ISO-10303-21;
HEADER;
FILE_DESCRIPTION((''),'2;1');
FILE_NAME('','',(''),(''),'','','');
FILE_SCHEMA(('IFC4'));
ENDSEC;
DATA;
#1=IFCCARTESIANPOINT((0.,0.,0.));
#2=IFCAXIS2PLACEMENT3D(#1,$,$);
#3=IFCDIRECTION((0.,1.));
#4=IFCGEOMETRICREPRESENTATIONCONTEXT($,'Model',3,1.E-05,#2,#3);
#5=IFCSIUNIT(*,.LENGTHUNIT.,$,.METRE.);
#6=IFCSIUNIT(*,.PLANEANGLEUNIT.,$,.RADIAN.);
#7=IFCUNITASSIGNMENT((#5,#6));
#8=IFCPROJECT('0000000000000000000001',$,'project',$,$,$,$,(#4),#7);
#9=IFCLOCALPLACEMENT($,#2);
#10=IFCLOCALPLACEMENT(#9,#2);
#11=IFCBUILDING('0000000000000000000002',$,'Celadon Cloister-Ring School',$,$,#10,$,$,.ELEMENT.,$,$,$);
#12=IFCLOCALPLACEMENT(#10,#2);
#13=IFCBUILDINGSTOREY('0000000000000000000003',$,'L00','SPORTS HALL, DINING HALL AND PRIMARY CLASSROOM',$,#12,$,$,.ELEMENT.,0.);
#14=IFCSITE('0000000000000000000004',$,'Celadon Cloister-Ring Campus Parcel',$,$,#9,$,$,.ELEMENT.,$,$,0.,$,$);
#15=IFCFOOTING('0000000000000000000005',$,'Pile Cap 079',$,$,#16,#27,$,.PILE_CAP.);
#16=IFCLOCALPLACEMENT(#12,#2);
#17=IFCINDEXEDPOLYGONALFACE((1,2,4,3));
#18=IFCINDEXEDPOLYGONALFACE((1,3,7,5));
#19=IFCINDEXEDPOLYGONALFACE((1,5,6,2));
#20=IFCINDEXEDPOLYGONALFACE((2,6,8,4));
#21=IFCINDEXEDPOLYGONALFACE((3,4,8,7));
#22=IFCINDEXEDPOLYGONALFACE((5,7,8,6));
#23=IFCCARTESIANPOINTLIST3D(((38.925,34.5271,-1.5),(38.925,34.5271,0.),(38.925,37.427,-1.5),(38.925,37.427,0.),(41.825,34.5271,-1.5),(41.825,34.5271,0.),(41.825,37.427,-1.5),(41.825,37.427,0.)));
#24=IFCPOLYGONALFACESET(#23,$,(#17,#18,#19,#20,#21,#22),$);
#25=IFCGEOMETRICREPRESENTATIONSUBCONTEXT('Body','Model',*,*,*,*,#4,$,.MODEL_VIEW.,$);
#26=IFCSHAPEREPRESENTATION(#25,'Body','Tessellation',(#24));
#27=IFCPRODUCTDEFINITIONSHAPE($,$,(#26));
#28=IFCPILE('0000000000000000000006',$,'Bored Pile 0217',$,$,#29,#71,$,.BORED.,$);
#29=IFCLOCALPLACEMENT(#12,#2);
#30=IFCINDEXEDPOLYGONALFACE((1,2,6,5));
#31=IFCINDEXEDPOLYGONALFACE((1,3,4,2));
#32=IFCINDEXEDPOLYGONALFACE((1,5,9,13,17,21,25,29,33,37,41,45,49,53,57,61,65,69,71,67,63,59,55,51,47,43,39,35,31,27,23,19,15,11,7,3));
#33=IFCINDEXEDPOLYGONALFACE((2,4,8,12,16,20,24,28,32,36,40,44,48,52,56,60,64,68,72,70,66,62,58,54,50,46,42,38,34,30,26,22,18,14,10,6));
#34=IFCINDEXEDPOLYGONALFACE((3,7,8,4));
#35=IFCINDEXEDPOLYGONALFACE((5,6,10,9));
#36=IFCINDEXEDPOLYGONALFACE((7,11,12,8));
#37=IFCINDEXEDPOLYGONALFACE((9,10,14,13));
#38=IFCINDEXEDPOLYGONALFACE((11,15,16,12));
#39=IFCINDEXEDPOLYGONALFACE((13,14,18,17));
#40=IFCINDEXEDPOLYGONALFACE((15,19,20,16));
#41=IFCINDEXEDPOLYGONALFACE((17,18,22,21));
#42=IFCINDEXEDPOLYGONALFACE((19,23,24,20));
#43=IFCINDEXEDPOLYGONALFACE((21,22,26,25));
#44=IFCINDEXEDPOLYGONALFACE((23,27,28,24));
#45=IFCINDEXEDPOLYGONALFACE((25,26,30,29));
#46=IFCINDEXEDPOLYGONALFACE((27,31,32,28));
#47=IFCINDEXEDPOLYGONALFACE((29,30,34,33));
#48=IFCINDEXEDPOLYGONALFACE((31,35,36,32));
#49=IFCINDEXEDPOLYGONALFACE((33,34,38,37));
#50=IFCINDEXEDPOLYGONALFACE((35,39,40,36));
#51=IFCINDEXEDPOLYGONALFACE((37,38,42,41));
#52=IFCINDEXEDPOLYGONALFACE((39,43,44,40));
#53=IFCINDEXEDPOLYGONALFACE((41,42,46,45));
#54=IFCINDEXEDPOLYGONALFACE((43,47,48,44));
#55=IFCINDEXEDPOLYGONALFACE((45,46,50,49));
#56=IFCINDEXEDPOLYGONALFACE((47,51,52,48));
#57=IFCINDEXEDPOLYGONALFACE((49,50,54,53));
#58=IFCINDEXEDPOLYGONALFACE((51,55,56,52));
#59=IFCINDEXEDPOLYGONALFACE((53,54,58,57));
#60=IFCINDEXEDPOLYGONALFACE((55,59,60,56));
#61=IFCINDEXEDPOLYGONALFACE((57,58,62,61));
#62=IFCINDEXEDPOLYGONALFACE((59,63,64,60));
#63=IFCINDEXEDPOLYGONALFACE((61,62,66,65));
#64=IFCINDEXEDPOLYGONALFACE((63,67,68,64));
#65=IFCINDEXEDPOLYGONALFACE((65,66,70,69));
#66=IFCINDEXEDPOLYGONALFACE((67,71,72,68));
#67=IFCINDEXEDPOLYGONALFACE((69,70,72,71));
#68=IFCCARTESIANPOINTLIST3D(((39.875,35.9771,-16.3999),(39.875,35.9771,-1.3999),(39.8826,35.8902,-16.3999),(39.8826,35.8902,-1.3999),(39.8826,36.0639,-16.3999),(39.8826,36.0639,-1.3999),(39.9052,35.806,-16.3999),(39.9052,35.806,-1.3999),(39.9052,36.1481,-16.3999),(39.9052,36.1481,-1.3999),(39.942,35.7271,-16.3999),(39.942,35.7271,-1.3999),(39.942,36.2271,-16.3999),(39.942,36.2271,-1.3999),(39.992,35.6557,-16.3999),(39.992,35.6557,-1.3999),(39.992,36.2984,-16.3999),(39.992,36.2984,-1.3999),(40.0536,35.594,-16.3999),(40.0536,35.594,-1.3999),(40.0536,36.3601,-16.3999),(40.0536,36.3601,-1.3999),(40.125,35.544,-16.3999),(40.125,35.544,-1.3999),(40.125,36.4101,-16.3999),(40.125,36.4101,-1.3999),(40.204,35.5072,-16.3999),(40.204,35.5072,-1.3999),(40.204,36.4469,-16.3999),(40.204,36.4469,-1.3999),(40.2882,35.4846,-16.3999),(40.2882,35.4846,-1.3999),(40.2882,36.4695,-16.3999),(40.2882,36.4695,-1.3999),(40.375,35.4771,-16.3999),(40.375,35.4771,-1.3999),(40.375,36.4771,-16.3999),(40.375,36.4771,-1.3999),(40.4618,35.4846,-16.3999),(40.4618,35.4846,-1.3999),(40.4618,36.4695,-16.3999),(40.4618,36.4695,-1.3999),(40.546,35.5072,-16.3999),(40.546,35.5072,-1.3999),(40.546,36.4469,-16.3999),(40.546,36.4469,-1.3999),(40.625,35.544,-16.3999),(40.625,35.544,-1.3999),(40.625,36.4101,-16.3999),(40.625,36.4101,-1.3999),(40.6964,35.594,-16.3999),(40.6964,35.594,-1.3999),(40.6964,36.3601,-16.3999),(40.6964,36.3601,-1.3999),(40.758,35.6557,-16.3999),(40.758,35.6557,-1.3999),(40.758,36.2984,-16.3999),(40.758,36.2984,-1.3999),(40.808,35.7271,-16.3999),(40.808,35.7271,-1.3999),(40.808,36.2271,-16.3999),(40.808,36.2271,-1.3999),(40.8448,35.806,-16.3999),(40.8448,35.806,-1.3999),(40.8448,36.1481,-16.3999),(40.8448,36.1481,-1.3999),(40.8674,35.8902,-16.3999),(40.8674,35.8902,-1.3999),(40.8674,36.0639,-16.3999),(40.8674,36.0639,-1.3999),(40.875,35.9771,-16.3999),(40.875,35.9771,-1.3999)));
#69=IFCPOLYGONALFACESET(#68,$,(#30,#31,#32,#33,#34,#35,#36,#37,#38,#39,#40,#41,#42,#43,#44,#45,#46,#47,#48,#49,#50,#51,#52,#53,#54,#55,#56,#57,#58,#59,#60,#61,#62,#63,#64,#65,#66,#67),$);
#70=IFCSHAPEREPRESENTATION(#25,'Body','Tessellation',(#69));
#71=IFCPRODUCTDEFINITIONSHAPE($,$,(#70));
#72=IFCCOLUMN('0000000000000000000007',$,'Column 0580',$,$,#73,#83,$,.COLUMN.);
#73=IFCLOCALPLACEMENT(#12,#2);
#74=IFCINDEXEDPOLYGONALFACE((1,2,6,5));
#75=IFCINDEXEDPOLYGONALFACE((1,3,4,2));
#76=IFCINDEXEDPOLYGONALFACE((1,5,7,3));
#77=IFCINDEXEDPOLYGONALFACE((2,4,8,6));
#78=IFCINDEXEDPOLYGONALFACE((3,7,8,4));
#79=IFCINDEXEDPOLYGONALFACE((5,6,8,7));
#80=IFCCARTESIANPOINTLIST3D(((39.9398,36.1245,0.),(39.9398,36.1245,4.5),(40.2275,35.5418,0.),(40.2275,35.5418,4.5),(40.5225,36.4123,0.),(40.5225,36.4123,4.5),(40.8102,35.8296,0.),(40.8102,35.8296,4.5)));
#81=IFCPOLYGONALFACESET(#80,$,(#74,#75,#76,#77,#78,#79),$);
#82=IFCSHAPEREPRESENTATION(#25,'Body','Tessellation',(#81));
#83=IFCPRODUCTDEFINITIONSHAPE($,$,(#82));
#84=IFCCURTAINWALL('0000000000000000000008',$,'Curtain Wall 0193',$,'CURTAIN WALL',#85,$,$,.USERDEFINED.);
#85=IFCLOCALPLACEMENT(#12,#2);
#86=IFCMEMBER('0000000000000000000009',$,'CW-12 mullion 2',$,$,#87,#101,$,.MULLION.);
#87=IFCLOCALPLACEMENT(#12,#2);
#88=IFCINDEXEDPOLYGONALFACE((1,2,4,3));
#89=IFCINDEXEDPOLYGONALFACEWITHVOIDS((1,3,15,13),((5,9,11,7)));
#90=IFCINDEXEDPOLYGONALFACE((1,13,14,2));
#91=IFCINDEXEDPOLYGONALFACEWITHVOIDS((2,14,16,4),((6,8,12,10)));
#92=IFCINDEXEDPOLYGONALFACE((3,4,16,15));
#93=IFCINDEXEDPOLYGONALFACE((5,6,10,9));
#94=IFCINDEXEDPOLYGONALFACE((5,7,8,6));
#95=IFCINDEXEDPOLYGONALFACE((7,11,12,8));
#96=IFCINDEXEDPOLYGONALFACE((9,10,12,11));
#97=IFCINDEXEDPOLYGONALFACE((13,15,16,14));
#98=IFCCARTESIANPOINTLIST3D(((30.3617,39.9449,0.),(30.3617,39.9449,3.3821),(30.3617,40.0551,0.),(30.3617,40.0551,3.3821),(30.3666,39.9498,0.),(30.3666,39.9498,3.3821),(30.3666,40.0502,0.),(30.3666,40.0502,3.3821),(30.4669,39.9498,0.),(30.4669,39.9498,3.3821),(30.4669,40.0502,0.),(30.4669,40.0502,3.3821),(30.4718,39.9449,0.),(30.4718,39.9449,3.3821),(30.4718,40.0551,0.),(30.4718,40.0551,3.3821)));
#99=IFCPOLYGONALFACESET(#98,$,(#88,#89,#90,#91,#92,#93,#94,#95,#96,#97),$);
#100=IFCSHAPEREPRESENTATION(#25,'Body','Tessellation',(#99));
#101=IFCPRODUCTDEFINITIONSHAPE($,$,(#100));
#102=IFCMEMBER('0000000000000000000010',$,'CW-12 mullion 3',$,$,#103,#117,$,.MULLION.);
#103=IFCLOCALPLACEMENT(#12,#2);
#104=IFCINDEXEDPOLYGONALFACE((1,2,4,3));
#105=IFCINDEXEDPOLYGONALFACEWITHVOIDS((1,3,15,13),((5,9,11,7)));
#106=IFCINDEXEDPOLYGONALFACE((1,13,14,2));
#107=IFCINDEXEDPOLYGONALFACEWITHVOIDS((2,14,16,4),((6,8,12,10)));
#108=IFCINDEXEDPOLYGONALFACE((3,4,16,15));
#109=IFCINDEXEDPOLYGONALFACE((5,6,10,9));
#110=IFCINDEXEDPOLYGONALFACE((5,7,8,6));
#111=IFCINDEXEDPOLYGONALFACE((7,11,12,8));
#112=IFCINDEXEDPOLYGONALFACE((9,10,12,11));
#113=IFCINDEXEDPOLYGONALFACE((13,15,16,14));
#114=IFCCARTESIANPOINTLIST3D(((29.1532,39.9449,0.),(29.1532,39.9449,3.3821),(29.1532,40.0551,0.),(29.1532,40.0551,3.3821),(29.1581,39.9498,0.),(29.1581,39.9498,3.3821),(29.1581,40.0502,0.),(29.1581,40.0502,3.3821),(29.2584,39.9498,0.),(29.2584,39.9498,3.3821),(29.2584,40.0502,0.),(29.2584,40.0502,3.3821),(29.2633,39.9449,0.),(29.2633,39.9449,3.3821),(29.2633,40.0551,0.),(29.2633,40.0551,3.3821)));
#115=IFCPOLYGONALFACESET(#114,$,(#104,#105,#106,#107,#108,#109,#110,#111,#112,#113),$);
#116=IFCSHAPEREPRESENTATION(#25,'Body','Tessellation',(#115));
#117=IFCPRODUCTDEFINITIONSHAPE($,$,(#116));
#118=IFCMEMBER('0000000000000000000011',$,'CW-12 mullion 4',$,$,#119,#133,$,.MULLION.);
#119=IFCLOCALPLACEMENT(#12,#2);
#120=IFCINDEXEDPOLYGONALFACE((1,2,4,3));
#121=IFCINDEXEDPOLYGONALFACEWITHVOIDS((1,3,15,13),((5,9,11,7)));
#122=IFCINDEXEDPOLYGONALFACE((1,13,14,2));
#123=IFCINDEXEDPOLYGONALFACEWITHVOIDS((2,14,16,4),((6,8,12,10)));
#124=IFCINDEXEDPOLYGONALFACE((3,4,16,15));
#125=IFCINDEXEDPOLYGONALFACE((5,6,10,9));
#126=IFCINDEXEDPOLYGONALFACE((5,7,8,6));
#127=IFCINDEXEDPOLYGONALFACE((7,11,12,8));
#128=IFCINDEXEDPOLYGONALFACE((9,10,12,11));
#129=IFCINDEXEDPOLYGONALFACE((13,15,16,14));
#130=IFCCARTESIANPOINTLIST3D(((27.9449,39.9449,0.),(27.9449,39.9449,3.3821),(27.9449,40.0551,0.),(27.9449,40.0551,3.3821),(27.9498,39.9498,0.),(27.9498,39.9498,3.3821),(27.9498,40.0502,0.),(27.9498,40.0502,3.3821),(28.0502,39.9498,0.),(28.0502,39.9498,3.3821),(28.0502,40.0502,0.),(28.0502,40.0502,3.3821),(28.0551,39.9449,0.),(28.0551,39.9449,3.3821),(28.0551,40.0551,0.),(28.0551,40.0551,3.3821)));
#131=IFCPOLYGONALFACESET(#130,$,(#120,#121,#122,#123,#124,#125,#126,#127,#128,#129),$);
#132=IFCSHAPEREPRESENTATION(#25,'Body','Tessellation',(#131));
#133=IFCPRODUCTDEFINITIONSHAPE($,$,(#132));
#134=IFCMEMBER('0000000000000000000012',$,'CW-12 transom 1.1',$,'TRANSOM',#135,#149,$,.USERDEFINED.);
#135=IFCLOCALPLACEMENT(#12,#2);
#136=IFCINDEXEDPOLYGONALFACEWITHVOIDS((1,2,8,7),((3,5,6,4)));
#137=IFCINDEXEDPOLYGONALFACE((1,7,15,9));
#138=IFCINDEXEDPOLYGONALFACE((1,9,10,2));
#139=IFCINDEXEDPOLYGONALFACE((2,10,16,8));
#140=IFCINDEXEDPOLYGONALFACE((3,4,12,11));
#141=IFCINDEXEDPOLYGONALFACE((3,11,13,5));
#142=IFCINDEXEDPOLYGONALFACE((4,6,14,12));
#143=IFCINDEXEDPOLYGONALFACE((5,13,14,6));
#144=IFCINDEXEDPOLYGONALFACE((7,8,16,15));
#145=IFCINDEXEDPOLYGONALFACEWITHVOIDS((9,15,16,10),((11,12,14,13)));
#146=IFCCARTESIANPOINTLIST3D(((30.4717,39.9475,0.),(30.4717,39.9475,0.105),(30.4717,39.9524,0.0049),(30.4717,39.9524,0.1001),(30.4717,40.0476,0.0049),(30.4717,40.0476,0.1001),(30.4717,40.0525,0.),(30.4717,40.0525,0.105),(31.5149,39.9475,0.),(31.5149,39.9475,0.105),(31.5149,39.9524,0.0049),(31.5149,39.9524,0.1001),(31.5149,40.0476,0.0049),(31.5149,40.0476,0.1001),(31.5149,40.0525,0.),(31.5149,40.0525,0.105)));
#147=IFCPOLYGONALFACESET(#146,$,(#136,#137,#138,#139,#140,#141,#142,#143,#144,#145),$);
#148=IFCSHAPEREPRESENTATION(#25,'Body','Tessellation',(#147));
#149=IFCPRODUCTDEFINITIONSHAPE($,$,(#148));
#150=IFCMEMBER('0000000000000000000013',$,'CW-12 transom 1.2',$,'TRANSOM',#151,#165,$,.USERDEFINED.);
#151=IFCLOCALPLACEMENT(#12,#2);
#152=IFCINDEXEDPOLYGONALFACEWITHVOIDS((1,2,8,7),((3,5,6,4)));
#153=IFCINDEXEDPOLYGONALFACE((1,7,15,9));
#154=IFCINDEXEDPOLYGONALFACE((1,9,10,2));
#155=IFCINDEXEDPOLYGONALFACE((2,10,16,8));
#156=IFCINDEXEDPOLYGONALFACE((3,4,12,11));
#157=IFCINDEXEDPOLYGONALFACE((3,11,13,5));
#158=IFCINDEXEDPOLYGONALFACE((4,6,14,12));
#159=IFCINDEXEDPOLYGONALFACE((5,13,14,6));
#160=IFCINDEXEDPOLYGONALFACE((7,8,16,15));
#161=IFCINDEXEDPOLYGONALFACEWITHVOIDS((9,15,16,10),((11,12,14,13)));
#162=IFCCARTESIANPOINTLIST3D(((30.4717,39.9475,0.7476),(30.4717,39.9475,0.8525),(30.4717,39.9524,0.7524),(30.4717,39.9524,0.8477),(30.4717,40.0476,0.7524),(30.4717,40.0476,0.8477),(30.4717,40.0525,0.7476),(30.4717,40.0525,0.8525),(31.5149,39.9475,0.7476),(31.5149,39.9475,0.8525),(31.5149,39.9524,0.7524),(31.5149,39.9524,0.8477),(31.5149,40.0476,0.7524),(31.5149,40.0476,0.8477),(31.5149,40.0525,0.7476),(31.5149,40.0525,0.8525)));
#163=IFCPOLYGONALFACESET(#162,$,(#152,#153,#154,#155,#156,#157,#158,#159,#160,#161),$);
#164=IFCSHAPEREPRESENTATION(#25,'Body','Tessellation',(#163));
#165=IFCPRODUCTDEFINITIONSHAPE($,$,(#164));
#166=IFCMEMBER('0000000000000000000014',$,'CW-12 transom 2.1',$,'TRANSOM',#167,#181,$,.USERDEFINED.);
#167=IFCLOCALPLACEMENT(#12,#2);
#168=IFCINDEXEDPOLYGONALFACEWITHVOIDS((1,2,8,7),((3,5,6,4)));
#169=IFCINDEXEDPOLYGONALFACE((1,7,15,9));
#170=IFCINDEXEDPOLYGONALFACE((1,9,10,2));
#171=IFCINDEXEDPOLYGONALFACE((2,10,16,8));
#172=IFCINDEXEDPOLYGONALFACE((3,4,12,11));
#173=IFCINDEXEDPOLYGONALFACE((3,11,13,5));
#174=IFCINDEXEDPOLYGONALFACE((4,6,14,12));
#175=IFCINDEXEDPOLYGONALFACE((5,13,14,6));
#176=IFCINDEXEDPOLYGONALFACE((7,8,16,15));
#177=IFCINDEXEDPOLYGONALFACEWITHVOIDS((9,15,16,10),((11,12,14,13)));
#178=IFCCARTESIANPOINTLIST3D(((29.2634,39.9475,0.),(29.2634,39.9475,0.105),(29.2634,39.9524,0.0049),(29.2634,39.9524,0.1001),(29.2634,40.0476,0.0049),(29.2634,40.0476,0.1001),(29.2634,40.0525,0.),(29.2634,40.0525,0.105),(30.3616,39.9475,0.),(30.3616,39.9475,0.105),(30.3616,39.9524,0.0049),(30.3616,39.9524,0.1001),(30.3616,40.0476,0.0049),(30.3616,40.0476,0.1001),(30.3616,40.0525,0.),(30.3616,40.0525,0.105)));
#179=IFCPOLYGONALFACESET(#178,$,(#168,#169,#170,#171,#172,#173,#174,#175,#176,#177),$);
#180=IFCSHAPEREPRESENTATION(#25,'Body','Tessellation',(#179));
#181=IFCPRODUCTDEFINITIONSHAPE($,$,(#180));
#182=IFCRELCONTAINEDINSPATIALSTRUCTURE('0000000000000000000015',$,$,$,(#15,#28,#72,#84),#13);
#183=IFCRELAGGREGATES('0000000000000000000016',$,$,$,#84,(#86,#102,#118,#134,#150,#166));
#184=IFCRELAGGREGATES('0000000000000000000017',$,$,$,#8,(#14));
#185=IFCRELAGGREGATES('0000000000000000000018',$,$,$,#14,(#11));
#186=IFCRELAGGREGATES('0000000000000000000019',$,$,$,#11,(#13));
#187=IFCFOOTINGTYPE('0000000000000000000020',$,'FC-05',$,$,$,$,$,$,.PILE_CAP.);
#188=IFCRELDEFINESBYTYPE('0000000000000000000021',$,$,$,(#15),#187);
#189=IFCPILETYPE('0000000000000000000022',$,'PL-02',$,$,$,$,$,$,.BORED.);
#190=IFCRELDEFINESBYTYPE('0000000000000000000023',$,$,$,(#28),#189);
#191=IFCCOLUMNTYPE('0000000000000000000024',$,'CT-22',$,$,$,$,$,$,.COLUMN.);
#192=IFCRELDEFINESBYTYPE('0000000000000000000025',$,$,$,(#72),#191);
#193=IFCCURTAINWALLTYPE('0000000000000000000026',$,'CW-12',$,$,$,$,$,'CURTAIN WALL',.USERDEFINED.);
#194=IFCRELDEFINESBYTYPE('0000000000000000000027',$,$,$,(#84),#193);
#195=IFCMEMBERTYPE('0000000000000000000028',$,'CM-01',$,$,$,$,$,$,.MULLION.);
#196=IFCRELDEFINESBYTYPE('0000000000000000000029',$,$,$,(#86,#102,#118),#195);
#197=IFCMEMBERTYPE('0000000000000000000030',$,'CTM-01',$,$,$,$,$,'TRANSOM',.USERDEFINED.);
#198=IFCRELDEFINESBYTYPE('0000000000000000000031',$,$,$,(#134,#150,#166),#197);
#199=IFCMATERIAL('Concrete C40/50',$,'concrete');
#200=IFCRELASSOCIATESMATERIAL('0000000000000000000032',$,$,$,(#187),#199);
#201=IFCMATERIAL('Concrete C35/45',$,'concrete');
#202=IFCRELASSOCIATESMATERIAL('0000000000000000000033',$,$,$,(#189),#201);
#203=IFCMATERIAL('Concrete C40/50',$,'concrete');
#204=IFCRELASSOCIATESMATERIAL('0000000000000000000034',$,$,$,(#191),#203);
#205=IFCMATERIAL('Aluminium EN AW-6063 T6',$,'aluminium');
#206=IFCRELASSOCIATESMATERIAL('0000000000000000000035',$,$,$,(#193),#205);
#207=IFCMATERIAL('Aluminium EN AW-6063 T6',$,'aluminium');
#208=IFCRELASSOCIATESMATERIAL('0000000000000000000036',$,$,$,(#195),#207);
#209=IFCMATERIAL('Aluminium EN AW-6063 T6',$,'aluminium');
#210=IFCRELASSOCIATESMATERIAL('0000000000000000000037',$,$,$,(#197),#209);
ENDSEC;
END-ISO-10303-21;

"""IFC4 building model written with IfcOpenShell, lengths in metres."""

from ifc_helpers import new_model, si_unit, direction, frame, origin, origin_2d, place, context, subcontext, project, spatial, rectangle, hollow_rectangle, circle, extrude, material, material_profile, profile_set, type_object, element, aggregate, save


model = new_model("IFC4")

# Units and contexts
model_context = context("Model", 3, precision=1e-05, world=origin(), true_north=direction((0.0, 1.0)))
body_context = subcontext(model_context, "Body", "Model", "MODEL_VIEW")
ifc_project = project(units=[si_unit("LENGTHUNIT", "METRE"), si_unit("PLANEANGLEUNIT", "RADIAN")], contexts=[model_context])

# Site, building, storey
site_placement = place(None, origin())
site = spatial("IfcSite", under=ifc_project, at=site_placement, Name="Celadon Cloister-Ring Campus Parcel", CompositionType="ELEMENT", RefElevation=0.0)
building_placement = place(site_placement, origin())
building = spatial("IfcBuilding", under=site, at=building_placement, Name="Celadon Cloister-Ring School", CompositionType="ELEMENT")
storey_placement = place(building_placement, origin())
storey = spatial("IfcBuildingStorey", under=building, at=storey_placement, Name="L00", Description="SPORTS HALL, DINING HALL AND PRIMARY CLASSROOM", CompositionType="ELEMENT", Elevation=0.0)

# Footing
ifc_material_1 = material(Name="Concrete C40/50", Category="concrete")
footing_type = type_object("IfcFootingType", Name="FC-05", PredefinedType="PILE_CAP", material=ifc_material_1)
footing_placement = place(storey_placement, frame((40.375, 35.9771, -1.5), z_axis=(0.0, 0.0, 1.0), x_axis=(1.0, 0.0, 0.0)))
element("IfcFooting", 1, at=footing_placement, inside=storey, type_object=footing_type, Name="Pile Cap 079", PredefinedType="PILE_CAP", context=body_context, shape_type="SweptSolid", body=[
    extrude(rectangle(XDim=2.8999, YDim=2.8999, at=origin_2d()), origin(), (0.0, 0.0, 1.0), 1.5),
])

# Pile
ifc_material_2 = material(Name="Concrete C35/45", Category="concrete")
ifc_material_profile_1 = material_profile(ifc_material_2, circle(Radius=0.5, at=origin_2d()), Name="PILE1000")
ifc_profile_set_1 = profile_set([ifc_material_profile_1], Name="Concrete C35/45")
pile_type = type_object("IfcPileType", Name="PL-02", PredefinedType="BORED", material=ifc_profile_set_1)
pile_placement = place(storey_placement, frame((40.375, 35.9771, -1.3999), z_axis=(0.0, 0.0, -1.0), x_axis=(1.0, 0.0, 0.0)))
element("IfcPile", 2, at=pile_placement, inside=storey, type_object=pile_type, Name="Bored Pile 0217", PredefinedType="BORED", context=body_context, shape_type="SweptSolid", body=[
    extrude(circle(Radius=0.5, at=origin_2d()), origin(), (0.0, 0.0, 1.0), 15.0),
])

# Column
ifc_material_3 = material(Name="Concrete C40/50", Category="concrete")
ifc_material_profile_2 = material_profile(ifc_material_3, rectangle(XDim=0.6499, YDim=0.6499, at=origin_2d()), Name="RC650X650")
ifc_profile_set_2 = profile_set([ifc_material_profile_2], Name="Concrete C40/50")
column_type = type_object("IfcColumnType", Name="CT-22", PredefinedType="COLUMN", material=ifc_profile_set_2)
column_placement = place(storey_placement, frame((40.375, 35.9771, 0.0), z_axis=(0.0, 0.0, 1.0), x_axis=(-0.896641, -0.442758, 0.0)))
element("IfcColumn", 3, at=column_placement, inside=storey, type_object=column_type, Name="Column 0580", PredefinedType="COLUMN", context=body_context, shape_type="SweptSolid", body=[
    extrude(rectangle(XDim=0.6499, YDim=0.6499, at=origin_2d()), origin(), (0.0, 0.0, 1.0), 4.5),
])

# Curtain wall, members
ifc_material_4 = material(Name="Aluminium EN AW-6063 T6", Category="aluminium")
curtain_wall_type = type_object("IfcCurtainWallType", Name="CW-12", ElementType="CURTAIN WALL", PredefinedType="USERDEFINED", material=ifc_material_4)
curtain_wall_placement = place(storey_placement, origin())
curtain_wall = element("IfcCurtainWall", 4, at=curtain_wall_placement, inside=storey, type_object=curtain_wall_type, Name="Curtain Wall 0193", ObjectType="CURTAIN WALL", PredefinedType="USERDEFINED")
ifc_material_5 = material(Name="Aluminium EN AW-6063 T6", Category="aluminium")
ifc_material_profile_3 = material_profile(ifc_material_5, hollow_rectangle(XDim=0.1101, YDim=0.1101, WallThickness=0.0049, at=origin_2d()), Name="RHS110X110X5")
ifc_profile_set_3 = profile_set([ifc_material_profile_3], Name="Aluminium EN AW-6063 T6")
member_type_1 = type_object("IfcMemberType", Name="CM-01", PredefinedType="MULLION", material=ifc_profile_set_3)
member_1_placement = place(storey_placement, frame((30.4167, 40.0, 0.0), z_axis=(0.0, 0.0, 1.0), x_axis=(0.0, -1.0, 0.0)))
member_1 = element("IfcMember", 5, at=member_1_placement, type_object=member_type_1, Name="CW-12 mullion 2", PredefinedType="MULLION", context=body_context, shape_type="SweptSolid", body=[
    extrude(hollow_rectangle(XDim=0.1101, YDim=0.1101, WallThickness=0.0049, at=origin_2d()), origin(), (0.0, 0.0, 1.0), 3.3821),
])
member_2_placement = place(storey_placement, frame((29.2083, 40.0, 0.0), z_axis=(0.0, 0.0, 1.0), x_axis=(0.0, -1.0, 0.0)))
member_2 = element("IfcMember", 6, at=member_2_placement, type_object=member_type_1, Name="CW-12 mullion 3", PredefinedType="MULLION", context=body_context, shape_type="SweptSolid", body=[
    extrude(hollow_rectangle(XDim=0.1101, YDim=0.1101, WallThickness=0.0049, at=origin_2d()), origin(), (0.0, 0.0, 1.0), 3.3821),
])
member_3_placement = place(storey_placement, frame((28.0, 40.0, 0.0), z_axis=(0.0, 0.0, 1.0), x_axis=(0.0, -1.0, 0.0)))
member_3 = element("IfcMember", 7, at=member_3_placement, type_object=member_type_1, Name="CW-12 mullion 4", PredefinedType="MULLION", context=body_context, shape_type="SweptSolid", body=[
    extrude(hollow_rectangle(XDim=0.1101, YDim=0.1101, WallThickness=0.0049, at=origin_2d()), origin(), (0.0, 0.0, 1.0), 3.3821),
])
ifc_material_6 = material(Name="Aluminium EN AW-6063 T6", Category="aluminium")
ifc_material_profile_4 = material_profile(ifc_material_6, hollow_rectangle(XDim=0.105, YDim=0.105, WallThickness=0.0049, at=origin_2d()), Name="RHS105X105X5")
ifc_profile_set_4 = profile_set([ifc_material_profile_4], Name="Aluminium EN AW-6063 T6")
member_type_2 = type_object("IfcMemberType", Name="CTM-01", ElementType="TRANSOM", PredefinedType="USERDEFINED", material=ifc_profile_set_4)
member_4_placement = place(storey_placement, frame((31.5149, 40.0, 0.0525), z_axis=(-1.0, 0.0, 0.0), x_axis=(0.0, -1.0, 0.0)))
member_4 = element("IfcMember", 8, at=member_4_placement, type_object=member_type_2, Name="CW-12 transom 1.1", ObjectType="TRANSOM", PredefinedType="USERDEFINED", context=body_context, shape_type="SweptSolid", body=[
    extrude(hollow_rectangle(XDim=0.105, YDim=0.105, WallThickness=0.0049, at=origin_2d()), origin(), (0.0, 0.0, 1.0), 1.0432),
])
member_5_placement = place(storey_placement, frame((31.5149, 40.0, 0.8), z_axis=(-1.0, 0.0, 0.0), x_axis=(0.0, -1.0, 0.0)))
member_5 = element("IfcMember", 9, at=member_5_placement, type_object=member_type_2, Name="CW-12 transom 1.2", ObjectType="TRANSOM", PredefinedType="USERDEFINED", context=body_context, shape_type="SweptSolid", body=[
    extrude(hollow_rectangle(XDim=0.105, YDim=0.105, WallThickness=0.0049, at=origin_2d()), origin(), (0.0, 0.0, 1.0), 1.0432),
])
member_6_placement = place(storey_placement, frame((30.3616, 40.0, 0.0525), z_axis=(-1.0, 0.0, 0.0), x_axis=(0.0, -1.0, 0.0)))
member_6 = element("IfcMember", 10, at=member_6_placement, type_object=member_type_2, Name="CW-12 transom 2.1", ObjectType="TRANSOM", PredefinedType="USERDEFINED", context=body_context, shape_type="SweptSolid", body=[
    extrude(hollow_rectangle(XDim=0.105, YDim=0.105, WallThickness=0.0049, at=origin_2d()), origin(), (0.0, 0.0, 1.0), 1.0981),
])

aggregate(curtain_wall, [member_1, member_2, member_3, member_4, member_5, member_6])

save(model, "model.ifc")
